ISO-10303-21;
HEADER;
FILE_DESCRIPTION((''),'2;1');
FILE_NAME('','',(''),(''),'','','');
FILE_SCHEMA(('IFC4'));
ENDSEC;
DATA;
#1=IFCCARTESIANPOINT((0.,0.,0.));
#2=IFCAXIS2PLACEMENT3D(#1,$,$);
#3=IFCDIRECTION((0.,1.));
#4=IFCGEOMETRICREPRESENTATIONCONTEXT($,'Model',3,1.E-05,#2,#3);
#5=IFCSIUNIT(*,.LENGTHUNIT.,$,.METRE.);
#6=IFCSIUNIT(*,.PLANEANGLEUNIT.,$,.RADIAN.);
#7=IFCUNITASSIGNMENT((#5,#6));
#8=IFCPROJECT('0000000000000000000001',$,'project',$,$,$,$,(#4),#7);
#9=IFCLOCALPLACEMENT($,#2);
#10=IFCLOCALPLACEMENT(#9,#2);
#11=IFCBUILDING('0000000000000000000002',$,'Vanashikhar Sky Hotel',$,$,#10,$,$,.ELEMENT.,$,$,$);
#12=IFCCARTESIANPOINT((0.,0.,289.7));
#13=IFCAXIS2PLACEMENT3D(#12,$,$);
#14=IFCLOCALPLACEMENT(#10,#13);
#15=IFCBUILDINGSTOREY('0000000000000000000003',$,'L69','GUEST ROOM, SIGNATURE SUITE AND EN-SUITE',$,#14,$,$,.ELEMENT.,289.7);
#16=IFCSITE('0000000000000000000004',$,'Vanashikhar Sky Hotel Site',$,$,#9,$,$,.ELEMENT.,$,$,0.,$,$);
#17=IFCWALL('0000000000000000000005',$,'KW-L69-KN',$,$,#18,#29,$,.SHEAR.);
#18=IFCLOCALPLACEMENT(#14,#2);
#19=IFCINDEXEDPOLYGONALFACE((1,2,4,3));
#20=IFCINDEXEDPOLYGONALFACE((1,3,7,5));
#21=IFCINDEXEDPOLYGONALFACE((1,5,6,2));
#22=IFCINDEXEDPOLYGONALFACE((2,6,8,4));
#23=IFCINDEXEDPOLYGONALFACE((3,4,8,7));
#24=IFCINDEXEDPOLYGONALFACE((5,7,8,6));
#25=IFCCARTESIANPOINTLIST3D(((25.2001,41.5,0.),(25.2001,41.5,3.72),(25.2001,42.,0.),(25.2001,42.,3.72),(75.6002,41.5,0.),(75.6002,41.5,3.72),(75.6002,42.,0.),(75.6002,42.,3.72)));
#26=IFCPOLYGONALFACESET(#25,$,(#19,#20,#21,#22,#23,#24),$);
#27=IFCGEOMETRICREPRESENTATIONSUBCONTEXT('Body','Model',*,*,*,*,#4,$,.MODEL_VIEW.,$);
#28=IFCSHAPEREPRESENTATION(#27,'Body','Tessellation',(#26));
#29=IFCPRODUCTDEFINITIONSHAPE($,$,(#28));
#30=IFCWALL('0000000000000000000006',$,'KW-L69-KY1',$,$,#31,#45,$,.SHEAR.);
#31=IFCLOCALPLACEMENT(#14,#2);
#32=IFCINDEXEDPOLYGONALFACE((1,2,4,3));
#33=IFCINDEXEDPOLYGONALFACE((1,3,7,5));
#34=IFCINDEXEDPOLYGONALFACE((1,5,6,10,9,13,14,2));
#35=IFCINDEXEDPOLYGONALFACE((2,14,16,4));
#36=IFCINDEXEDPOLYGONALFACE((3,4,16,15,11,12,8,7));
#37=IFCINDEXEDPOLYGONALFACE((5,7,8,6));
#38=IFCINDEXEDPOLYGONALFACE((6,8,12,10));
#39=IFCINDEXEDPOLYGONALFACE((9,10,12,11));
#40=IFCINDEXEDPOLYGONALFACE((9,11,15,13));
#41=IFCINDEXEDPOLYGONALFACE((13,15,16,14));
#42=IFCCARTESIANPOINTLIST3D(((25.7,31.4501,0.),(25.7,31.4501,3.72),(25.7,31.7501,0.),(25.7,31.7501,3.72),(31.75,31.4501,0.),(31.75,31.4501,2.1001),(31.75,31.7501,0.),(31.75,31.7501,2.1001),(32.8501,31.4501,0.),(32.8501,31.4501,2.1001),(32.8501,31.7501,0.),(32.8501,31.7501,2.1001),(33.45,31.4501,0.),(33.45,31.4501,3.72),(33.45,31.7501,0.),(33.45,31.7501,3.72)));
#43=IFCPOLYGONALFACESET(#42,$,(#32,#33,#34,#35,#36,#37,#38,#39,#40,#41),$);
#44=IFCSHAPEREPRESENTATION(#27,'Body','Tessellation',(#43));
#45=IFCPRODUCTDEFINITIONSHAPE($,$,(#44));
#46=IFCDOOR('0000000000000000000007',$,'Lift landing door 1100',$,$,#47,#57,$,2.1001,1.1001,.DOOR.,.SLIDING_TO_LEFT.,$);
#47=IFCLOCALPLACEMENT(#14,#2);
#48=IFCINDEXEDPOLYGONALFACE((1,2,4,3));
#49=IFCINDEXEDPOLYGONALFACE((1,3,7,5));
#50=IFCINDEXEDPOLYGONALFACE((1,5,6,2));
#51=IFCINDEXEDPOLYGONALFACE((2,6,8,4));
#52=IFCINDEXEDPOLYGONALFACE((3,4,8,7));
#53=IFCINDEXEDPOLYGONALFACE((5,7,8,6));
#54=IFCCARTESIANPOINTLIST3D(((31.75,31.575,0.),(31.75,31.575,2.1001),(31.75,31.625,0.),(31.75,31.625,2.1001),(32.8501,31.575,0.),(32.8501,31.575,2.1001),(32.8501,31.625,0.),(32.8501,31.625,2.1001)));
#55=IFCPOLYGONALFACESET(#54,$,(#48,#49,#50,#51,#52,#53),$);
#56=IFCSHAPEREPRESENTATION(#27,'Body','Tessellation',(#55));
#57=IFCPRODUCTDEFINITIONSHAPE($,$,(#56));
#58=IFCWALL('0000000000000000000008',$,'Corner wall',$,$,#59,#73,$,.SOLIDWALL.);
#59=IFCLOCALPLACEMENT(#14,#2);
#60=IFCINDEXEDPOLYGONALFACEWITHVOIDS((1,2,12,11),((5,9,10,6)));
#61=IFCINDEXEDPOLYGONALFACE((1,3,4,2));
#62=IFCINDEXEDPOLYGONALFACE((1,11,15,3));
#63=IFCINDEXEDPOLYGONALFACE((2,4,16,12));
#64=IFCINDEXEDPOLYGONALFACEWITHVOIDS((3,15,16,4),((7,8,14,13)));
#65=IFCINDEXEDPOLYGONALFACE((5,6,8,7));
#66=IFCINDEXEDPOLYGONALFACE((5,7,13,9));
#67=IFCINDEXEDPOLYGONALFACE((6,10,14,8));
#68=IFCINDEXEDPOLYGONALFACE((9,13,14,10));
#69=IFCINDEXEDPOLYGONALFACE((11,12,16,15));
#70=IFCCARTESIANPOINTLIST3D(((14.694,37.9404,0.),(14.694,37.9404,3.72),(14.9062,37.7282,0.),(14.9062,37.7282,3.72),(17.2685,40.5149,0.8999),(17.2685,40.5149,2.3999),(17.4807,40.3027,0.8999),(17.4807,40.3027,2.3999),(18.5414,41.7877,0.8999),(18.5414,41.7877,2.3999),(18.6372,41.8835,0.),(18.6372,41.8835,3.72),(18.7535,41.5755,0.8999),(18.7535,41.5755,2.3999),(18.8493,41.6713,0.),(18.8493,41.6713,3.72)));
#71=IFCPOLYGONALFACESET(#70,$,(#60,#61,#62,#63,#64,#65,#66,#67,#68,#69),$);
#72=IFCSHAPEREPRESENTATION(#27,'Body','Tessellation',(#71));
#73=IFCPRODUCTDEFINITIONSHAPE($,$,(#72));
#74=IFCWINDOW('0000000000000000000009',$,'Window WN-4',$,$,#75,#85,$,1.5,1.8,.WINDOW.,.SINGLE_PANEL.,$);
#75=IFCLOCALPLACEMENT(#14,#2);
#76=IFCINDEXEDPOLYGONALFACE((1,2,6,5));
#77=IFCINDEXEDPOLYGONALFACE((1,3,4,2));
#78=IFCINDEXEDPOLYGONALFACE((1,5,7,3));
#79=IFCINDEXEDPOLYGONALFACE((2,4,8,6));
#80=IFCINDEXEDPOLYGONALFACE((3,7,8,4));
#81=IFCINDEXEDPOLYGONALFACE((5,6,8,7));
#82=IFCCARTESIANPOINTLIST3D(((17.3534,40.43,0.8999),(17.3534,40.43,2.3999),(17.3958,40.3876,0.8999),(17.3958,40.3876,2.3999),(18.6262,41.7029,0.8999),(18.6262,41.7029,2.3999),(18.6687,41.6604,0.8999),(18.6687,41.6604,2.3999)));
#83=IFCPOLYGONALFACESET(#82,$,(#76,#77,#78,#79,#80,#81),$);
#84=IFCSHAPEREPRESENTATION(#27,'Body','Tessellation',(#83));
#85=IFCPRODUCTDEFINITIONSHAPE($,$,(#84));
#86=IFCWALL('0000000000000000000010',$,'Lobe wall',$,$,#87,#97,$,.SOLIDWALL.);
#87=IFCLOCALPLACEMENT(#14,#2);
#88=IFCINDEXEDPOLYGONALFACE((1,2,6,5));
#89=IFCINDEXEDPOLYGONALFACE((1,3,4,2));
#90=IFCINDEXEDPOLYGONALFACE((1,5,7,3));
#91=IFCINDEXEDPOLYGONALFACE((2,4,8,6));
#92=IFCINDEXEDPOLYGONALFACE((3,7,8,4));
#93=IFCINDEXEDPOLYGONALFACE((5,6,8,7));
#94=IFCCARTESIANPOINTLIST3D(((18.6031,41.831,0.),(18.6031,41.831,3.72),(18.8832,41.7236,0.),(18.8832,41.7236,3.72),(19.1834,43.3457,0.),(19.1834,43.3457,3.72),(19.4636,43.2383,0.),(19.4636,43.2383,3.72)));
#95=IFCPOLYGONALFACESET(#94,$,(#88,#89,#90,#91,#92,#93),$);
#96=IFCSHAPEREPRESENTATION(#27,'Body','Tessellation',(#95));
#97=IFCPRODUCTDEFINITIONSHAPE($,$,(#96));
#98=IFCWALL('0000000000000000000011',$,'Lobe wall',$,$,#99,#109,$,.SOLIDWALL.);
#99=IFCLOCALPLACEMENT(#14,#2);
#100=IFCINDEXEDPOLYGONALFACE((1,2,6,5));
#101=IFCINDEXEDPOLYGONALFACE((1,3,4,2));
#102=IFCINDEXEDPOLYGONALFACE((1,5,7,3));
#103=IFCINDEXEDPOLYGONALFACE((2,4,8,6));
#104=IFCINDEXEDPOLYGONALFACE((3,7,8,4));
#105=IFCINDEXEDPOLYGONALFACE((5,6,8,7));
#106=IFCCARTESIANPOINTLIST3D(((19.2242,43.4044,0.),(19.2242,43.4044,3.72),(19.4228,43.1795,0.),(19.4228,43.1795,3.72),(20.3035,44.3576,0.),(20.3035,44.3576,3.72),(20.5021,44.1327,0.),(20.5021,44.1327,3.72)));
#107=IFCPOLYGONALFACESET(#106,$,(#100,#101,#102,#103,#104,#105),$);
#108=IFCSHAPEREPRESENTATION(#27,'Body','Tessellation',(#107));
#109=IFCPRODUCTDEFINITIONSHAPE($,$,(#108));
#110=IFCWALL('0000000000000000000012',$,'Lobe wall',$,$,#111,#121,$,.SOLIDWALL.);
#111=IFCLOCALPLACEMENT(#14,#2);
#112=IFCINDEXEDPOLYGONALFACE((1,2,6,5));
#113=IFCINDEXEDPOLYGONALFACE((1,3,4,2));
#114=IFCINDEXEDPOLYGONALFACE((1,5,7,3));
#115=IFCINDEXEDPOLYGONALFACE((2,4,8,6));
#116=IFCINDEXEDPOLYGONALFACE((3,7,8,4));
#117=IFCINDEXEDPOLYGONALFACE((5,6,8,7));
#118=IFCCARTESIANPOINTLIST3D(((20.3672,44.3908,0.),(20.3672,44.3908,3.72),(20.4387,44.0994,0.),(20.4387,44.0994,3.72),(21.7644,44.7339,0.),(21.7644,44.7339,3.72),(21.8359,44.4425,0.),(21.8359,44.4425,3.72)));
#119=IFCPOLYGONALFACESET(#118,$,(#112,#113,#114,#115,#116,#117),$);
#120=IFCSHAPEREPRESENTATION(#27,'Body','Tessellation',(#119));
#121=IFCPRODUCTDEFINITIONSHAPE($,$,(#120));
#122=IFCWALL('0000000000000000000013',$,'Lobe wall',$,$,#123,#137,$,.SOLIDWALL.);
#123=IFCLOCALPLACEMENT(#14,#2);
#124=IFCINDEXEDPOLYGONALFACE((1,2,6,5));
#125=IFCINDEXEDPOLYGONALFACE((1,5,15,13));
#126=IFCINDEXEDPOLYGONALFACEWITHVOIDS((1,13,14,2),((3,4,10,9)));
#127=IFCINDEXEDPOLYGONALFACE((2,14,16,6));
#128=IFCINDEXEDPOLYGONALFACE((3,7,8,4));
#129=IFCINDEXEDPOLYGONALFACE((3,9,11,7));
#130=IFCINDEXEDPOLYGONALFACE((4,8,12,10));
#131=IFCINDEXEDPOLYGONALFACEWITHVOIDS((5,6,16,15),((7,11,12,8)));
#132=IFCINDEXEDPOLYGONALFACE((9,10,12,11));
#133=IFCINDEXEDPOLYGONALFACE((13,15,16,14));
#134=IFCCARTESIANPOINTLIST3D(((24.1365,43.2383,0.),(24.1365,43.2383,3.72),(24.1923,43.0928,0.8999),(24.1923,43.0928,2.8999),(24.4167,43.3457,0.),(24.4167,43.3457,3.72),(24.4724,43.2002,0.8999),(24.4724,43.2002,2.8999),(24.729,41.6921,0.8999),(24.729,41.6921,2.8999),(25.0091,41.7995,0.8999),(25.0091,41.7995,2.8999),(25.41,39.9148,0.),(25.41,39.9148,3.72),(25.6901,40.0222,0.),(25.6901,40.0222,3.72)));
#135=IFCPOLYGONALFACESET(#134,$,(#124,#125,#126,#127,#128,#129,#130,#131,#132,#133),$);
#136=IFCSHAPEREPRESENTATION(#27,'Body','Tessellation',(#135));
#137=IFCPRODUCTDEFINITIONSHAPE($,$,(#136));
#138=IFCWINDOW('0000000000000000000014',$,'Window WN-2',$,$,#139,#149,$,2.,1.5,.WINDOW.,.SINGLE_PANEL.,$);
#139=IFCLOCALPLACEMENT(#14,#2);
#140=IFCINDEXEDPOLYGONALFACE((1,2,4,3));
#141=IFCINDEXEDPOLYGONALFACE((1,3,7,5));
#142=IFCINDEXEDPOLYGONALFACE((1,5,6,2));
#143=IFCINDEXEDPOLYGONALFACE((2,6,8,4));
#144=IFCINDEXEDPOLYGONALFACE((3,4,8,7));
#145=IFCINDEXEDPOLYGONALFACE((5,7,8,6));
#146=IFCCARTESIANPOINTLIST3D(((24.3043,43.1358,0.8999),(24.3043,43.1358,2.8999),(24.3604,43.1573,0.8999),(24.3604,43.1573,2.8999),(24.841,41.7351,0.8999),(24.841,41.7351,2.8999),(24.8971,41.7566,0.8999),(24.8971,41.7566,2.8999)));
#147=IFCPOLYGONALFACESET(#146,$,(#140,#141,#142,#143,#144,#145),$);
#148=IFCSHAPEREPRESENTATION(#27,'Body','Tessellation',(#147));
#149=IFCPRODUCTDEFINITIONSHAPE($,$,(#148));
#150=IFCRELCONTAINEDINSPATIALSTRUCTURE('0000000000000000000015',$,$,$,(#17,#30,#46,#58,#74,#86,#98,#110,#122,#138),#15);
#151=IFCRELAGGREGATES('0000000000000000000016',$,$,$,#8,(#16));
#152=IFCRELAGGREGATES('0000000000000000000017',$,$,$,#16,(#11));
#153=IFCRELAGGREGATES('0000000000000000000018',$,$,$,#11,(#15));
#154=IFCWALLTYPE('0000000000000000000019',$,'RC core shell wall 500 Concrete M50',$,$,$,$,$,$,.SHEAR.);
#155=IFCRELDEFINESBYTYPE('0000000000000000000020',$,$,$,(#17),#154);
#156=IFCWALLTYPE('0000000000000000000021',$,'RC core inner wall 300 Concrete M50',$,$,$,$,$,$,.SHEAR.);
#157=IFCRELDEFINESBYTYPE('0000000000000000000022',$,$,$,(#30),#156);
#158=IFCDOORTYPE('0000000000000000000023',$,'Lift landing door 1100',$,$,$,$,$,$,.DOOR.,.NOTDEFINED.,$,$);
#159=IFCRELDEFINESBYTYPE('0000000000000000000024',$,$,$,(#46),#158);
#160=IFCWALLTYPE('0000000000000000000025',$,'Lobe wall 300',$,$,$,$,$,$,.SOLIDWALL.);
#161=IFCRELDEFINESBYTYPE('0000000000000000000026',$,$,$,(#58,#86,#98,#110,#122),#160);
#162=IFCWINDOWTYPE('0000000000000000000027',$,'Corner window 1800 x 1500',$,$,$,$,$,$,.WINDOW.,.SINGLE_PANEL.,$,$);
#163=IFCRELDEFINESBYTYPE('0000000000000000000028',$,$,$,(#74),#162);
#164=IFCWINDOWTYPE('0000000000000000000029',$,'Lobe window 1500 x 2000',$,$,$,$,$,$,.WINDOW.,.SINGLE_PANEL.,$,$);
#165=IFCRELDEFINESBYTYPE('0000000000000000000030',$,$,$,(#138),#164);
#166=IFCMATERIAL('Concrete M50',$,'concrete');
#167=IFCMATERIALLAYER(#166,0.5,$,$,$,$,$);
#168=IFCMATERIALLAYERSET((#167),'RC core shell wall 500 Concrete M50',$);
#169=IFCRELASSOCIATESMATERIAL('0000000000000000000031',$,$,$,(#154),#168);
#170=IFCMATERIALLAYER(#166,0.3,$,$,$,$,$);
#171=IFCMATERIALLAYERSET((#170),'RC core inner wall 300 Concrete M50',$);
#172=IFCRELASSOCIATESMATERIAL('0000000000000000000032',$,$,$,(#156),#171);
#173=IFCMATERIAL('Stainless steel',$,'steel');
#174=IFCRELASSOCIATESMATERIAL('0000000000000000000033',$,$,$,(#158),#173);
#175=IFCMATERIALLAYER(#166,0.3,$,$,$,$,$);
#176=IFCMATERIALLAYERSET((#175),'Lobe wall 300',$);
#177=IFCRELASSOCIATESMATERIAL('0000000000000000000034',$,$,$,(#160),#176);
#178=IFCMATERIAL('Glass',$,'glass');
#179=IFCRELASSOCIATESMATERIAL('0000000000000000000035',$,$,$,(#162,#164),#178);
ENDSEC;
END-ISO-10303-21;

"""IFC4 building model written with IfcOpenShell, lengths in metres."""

from ifc_helpers import new_model, si_unit, direction, frame, frame_2d, origin, place, context, subcontext, project, spatial, rectangle, extrude, source, transform, mapped, material, layer, layer_set, type_object, element, fill, save


model = new_model("IFC4")

# Units and contexts
model_context = context("Model", 3, precision=1e-05, world=origin(), true_north=direction((0.0, 1.0)))
body_context = subcontext(model_context, "Body", "Model", "MODEL_VIEW")
ifc_project = project(units=[si_unit("LENGTHUNIT", "METRE"), si_unit("PLANEANGLEUNIT", "RADIAN")], contexts=[model_context])

# Site, building, storey
site_placement = place(None, origin())
site = spatial("IfcSite", under=ifc_project, at=site_placement, Name="Vanashikhar Sky Hotel Site", CompositionType="ELEMENT", RefElevation=0.0)
building_placement = place(site_placement, origin())
building = spatial("IfcBuilding", under=site, at=building_placement, Name="Vanashikhar Sky Hotel", CompositionType="ELEMENT")
storey_placement = place(building_placement, frame((0.0, 0.0, 289.7)))
storey = spatial("IfcBuildingStorey", under=building, at=storey_placement, Name="L69", Description="GUEST ROOM, SIGNATURE SUITE AND EN-SUITE", CompositionType="ELEMENT", Elevation=289.7)

# Wall
ifc_material_1 = material(Name="Concrete M50", Category="concrete")
ifc_layer_1 = layer(ifc_material_1, 0.5)
ifc_layer_set_1 = layer_set([ifc_layer_1], Name="RC core shell wall 500 Concrete M50")
wall_type_1 = type_object("IfcWallType", Name="RC core shell wall 500 Concrete M50", PredefinedType="SHEAR", material=ifc_layer_set_1)
shared_shape_1 = source(origin(), body_context, "Body", "SweptSolid", [
    extrude(rectangle(XDim=50.4001, YDim=0.5, at=frame_2d((25.2002, 0.0))), origin(), (0.0, 0.0, 1.0), 3.72),
])
wall_1_placement = place(storey_placement, frame((25.2, 41.75, 0.0), z_axis=(0.0, 0.0, 1.0), x_axis=(1.0, 0.0, 0.0)))
element("IfcWall", 1, at=wall_1_placement, inside=storey, type_object=wall_type_1, Name="KW-L69-KN", PredefinedType="SHEAR", context=body_context, shape_type="MappedRepresentation", body=[
    mapped(shared_shape_1, transform((0.0, 0.0, 0.0), scale=1.0)),
])

# Wall, opening, door
ifc_layer_2 = layer(ifc_material_1, 0.3)
ifc_layer_set_2 = layer_set([ifc_layer_2], Name="RC core inner wall 300 Concrete M50")
wall_type_2 = type_object("IfcWallType", Name="RC core inner wall 300 Concrete M50", PredefinedType="SHEAR", material=ifc_layer_set_2)
shared_shape_2 = source(origin(), body_context, "Body", "SweptSolid", [
    extrude(rectangle(XDim=7.75, YDim=0.3, at=frame_2d((3.875, 0.0))), origin(), (0.0, 0.0, 1.0), 3.72),
])
wall_2_placement = place(storey_placement, frame((25.7, 31.6001, 0.0), z_axis=(0.0, 0.0, 1.0), x_axis=(1.0, 0.0, 0.0)))
wall_2 = element("IfcWall", 2, at=wall_2_placement, inside=storey, type_object=wall_type_2, Name="KW-L69-KY1", PredefinedType="SHEAR", context=body_context, shape_type="MappedRepresentation", body=[
    mapped(shared_shape_2, transform((0.0, 0.0, 0.0), scale=1.0)),
])
shared_shape_3 = source(origin(), body_context, "Body", "SweptSolid", [
    extrude(rectangle(XDim=1.1001, YDim=2.1001, at=frame_2d((0.55, 1.05))), frame((0.0, 0.1602, 0.0), z_axis=(0.0, -1.0, 0.0), x_axis=(1.0, 0.0, 0.0)), (0.0, 0.0, 1.0), 0.3201),
])
opening_1_placement = place(wall_2_placement, frame((6.05, 0.0, 0.0)))
opening_1 = element("IfcOpeningElement", 3, at=opening_1_placement, cuts=wall_2, PredefinedType="OPENING", context=body_context, shape_type="MappedRepresentation", body=[
    mapped(shared_shape_3, transform((0.0, 0.0, 0.0), scale=1.0)),
])
ifc_material_2 = material(Name="Stainless steel", Category="steel")
door_type_1 = type_object("IfcDoorType", Name="Lift landing door 1100", OperationType="NOTDEFINED", PredefinedType="DOOR", material=ifc_material_2)
shared_shape_4 = source(origin(), body_context, "Body", "SweptSolid", [
    extrude(rectangle(XDim=1.1001, YDim=2.1001, at=frame_2d((0.55, 1.05))), frame((0.0, 0.0249, 0.0), z_axis=(0.0, -1.0, 0.0), x_axis=(1.0, 0.0, 0.0)), (0.0, 0.0, 1.0), 0.05),
])
door_1_placement = place(opening_1_placement, origin())
door_1 = element("IfcDoor", 4, at=door_1_placement, inside=storey, type_object=door_type_1, Name="Lift landing door 1100", OperationType="SLIDING_TO_LEFT", OverallHeight=2.1001, OverallWidth=1.1001, PredefinedType="DOOR", context=body_context, shape_type="MappedRepresentation", body=[
    mapped(shared_shape_4, transform((0.0, 0.0, 0.0), scale=1.0)),
])
fill(opening_1, door_1)

# Wall, opening, window
ifc_layer_3 = layer(ifc_material_1, 0.3)
ifc_layer_set_3 = layer_set([ifc_layer_3], Name="Lobe wall 300")
wall_type_3 = type_object("IfcWallType", Name="Lobe wall 300", PredefinedType="SOLIDWALL", material=ifc_layer_set_3)
shared_shape_5 = source(origin(), body_context, "Body", "SweptSolid", [
    extrude(rectangle(XDim=5.5764, YDim=0.3, at=frame_2d((2.7881, 0.0))), origin(), (0.0, 0.0, 1.0), 3.72),
])
wall_3_placement = place(storey_placement, frame((18.7432, 41.7773, 0.0), z_axis=(0.0, 0.0, 1.0), x_axis=(-0.707107, -0.707107, 0.0)))
wall_3 = element("IfcWall", 5, at=wall_3_placement, inside=storey, type_object=wall_type_3, Name="Corner wall", PredefinedType="SOLIDWALL", context=body_context, shape_type="MappedRepresentation", body=[
    mapped(shared_shape_5, transform((0.0, 0.0, 0.0), scale=1.0)),
])
shared_shape_6 = source(origin(), body_context, "Body", "SweptSolid", [
    extrude(rectangle(XDim=1.8, YDim=1.5, at=frame_2d((0.8999, 0.75))), frame((0.0, 0.1602, 0.0), z_axis=(0.0, -1.0, 0.0), x_axis=(1.0, 0.0, 0.0)), (0.0, 0.0, 1.0), 0.3201),
])
opening_2_placement = place(wall_3_placement, frame((0.1355, 0.0, 0.8999)))
opening_2 = element("IfcOpeningElement", 6, at=opening_2_placement, cuts=wall_3, PredefinedType="OPENING", context=body_context, shape_type="MappedRepresentation", body=[
    mapped(shared_shape_6, transform((0.0, 0.0, 0.0), scale=1.0)),
])
ifc_material_3 = material(Name="Glass", Category="glass")
window_type_1 = type_object("IfcWindowType", Name="Corner window 1800 x 1500", PartitioningType="SINGLE_PANEL", PredefinedType="WINDOW", material=ifc_material_3)
shared_shape_7 = source(origin(), body_context, "Body", "SweptSolid", [
    extrude(rectangle(XDim=1.8, YDim=1.5, at=frame_2d((0.8999, 0.75))), frame((0.0, 0.03, 0.0), z_axis=(0.0, -1.0, 0.0), x_axis=(1.0, 0.0, 0.0)), (0.0, 0.0, 1.0), 0.0601),
])
window_1_placement = place(opening_2_placement, origin())
window_1 = element("IfcWindow", 7, at=window_1_placement, inside=storey, type_object=window_type_1, Name="Window WN-4", OverallHeight=1.5, OverallWidth=1.8, PartitioningType="SINGLE_PANEL", PredefinedType="WINDOW", context=body_context, shape_type="MappedRepresentation", body=[
    mapped(shared_shape_7, transform((0.0, 0.0, 0.0), scale=1.0)),
])
fill(opening_2, window_1)

# Walls
shared_shape_8 = source(origin(), body_context, "Body", "SweptSolid", [
    extrude(rectangle(XDim=1.6221, YDim=0.3, at=frame_2d((0.811, 0.0))), origin(), (0.0, 0.0, 1.0), 3.72),
])
wall_4_placement = place(storey_placement, frame((19.3235, 43.292, 0.0), z_axis=(0.0, 0.0, 1.0), x_axis=(-0.357779, -0.933806, 0.0)))
element("IfcWall", 8, at=wall_4_placement, inside=storey, type_object=wall_type_3, Name="Lobe wall", PredefinedType="SOLIDWALL", context=body_context, shape_type="MappedRepresentation", body=[
    mapped(shared_shape_8, transform((0.0, 0.0, 0.0), scale=1.0)),
])
shared_shape_9 = source(origin(), body_context, "Body", "SweptSolid", [
    extrude(rectangle(XDim=1.4399, YDim=0.3, at=frame_2d((0.72, 0.0))), origin(), (0.0, 0.0, 1.0), 3.72),
])
wall_5_placement = place(storey_placement, frame((20.4028, 44.2451, 0.0), z_axis=(0.0, 0.0, 1.0), x_axis=(-0.749576, -0.661919, 0.0)))
element("IfcWall", 9, at=wall_5_placement, inside=storey, type_object=wall_type_3, Name="Lobe wall", PredefinedType="SOLIDWALL", context=body_context, shape_type="MappedRepresentation", body=[
    mapped(shared_shape_9, transform((0.0, 0.0, 0.0), scale=1.0)),
])
shared_shape_10 = source(origin(), body_context, "Body", "SweptSolid", [
    extrude(rectangle(XDim=1.4387, YDim=0.3, at=frame_2d((0.7192, 0.0))), origin(), (0.0, 0.0, 1.0), 3.72),
])
wall_6_placement = place(storey_placement, frame((21.8, 44.5881, 0.0), z_axis=(0.0, 0.0, 1.0), x_axis=(-0.971162, -0.238421, 0.0)))
element("IfcWall", 10, at=wall_6_placement, inside=storey, type_object=wall_type_3, Name="Lobe wall", PredefinedType="SOLIDWALL", context=body_context, shape_type="MappedRepresentation", body=[
    mapped(shared_shape_10, transform((0.0, 0.0, 0.0), scale=1.0)),
])

# Wall, opening, window
shared_shape_11 = source(origin(), body_context, "Body", "SweptSolid", [
    extrude(rectangle(XDim=3.5591, YDim=0.3, at=frame_2d((1.7795, 0.0))), origin(), (0.0, 0.0, 1.0), 3.72),
])
wall_7_placement = place(storey_placement, frame((25.55, 39.9685, 0.0), z_axis=(0.0, 0.0, 1.0), x_axis=(-0.357797, 0.933799, 0.0)))
wall_7 = element("IfcWall", 11, at=wall_7_placement, inside=storey, type_object=wall_type_3, Name="Lobe wall", PredefinedType="SOLIDWALL", context=body_context, shape_type="MappedRepresentation", body=[
    mapped(shared_shape_11, transform((0.0, 0.0, 0.0), scale=1.0)),
])
shared_shape_12 = source(origin(), body_context, "Body", "SweptSolid", [
    extrude(rectangle(XDim=1.5, YDim=2.0, at=frame_2d((0.75, 1.0))), frame((0.0, 0.1602, 0.0), z_axis=(0.0, -1.0, 0.0), x_axis=(1.0, 0.0, 0.0)), (0.0, 0.0, 1.0), 0.3201),
])
opening_3_placement = place(wall_7_placement, frame((1.9033, 0.0, 0.8999)))
opening_3 = element("IfcOpeningElement", 12, at=opening_3_placement, cuts=wall_7, PredefinedType="OPENING", context=body_context, shape_type="MappedRepresentation", body=[
    mapped(shared_shape_12, transform((0.0, 0.0, 0.0), scale=1.0)),
])
window_type_2 = type_object("IfcWindowType", Name="Lobe window 1500 x 2000", PartitioningType="SINGLE_PANEL", PredefinedType="WINDOW", material=ifc_material_3)
shared_shape_13 = source(origin(), body_context, "Body", "SweptSolid", [
    extrude(rectangle(XDim=1.5, YDim=2.0, at=frame_2d((0.75, 1.0))), frame((0.0, 0.03, 0.0), z_axis=(0.0, -1.0, 0.0), x_axis=(1.0, 0.0, 0.0)), (0.0, 0.0, 1.0), 0.0601),
])
window_2_placement = place(opening_3_placement, origin())
window_2 = element("IfcWindow", 13, at=window_2_placement, inside=storey, type_object=window_type_2, Name="Window WN-2", OverallHeight=2.0, OverallWidth=1.5, PartitioningType="SINGLE_PANEL", PredefinedType="WINDOW", context=body_context, shape_type="MappedRepresentation", body=[
    mapped(shared_shape_13, transform((0.0, 0.0, 0.0), scale=1.0)),
])
fill(opening_3, window_2)

save(model, "model.ifc")
